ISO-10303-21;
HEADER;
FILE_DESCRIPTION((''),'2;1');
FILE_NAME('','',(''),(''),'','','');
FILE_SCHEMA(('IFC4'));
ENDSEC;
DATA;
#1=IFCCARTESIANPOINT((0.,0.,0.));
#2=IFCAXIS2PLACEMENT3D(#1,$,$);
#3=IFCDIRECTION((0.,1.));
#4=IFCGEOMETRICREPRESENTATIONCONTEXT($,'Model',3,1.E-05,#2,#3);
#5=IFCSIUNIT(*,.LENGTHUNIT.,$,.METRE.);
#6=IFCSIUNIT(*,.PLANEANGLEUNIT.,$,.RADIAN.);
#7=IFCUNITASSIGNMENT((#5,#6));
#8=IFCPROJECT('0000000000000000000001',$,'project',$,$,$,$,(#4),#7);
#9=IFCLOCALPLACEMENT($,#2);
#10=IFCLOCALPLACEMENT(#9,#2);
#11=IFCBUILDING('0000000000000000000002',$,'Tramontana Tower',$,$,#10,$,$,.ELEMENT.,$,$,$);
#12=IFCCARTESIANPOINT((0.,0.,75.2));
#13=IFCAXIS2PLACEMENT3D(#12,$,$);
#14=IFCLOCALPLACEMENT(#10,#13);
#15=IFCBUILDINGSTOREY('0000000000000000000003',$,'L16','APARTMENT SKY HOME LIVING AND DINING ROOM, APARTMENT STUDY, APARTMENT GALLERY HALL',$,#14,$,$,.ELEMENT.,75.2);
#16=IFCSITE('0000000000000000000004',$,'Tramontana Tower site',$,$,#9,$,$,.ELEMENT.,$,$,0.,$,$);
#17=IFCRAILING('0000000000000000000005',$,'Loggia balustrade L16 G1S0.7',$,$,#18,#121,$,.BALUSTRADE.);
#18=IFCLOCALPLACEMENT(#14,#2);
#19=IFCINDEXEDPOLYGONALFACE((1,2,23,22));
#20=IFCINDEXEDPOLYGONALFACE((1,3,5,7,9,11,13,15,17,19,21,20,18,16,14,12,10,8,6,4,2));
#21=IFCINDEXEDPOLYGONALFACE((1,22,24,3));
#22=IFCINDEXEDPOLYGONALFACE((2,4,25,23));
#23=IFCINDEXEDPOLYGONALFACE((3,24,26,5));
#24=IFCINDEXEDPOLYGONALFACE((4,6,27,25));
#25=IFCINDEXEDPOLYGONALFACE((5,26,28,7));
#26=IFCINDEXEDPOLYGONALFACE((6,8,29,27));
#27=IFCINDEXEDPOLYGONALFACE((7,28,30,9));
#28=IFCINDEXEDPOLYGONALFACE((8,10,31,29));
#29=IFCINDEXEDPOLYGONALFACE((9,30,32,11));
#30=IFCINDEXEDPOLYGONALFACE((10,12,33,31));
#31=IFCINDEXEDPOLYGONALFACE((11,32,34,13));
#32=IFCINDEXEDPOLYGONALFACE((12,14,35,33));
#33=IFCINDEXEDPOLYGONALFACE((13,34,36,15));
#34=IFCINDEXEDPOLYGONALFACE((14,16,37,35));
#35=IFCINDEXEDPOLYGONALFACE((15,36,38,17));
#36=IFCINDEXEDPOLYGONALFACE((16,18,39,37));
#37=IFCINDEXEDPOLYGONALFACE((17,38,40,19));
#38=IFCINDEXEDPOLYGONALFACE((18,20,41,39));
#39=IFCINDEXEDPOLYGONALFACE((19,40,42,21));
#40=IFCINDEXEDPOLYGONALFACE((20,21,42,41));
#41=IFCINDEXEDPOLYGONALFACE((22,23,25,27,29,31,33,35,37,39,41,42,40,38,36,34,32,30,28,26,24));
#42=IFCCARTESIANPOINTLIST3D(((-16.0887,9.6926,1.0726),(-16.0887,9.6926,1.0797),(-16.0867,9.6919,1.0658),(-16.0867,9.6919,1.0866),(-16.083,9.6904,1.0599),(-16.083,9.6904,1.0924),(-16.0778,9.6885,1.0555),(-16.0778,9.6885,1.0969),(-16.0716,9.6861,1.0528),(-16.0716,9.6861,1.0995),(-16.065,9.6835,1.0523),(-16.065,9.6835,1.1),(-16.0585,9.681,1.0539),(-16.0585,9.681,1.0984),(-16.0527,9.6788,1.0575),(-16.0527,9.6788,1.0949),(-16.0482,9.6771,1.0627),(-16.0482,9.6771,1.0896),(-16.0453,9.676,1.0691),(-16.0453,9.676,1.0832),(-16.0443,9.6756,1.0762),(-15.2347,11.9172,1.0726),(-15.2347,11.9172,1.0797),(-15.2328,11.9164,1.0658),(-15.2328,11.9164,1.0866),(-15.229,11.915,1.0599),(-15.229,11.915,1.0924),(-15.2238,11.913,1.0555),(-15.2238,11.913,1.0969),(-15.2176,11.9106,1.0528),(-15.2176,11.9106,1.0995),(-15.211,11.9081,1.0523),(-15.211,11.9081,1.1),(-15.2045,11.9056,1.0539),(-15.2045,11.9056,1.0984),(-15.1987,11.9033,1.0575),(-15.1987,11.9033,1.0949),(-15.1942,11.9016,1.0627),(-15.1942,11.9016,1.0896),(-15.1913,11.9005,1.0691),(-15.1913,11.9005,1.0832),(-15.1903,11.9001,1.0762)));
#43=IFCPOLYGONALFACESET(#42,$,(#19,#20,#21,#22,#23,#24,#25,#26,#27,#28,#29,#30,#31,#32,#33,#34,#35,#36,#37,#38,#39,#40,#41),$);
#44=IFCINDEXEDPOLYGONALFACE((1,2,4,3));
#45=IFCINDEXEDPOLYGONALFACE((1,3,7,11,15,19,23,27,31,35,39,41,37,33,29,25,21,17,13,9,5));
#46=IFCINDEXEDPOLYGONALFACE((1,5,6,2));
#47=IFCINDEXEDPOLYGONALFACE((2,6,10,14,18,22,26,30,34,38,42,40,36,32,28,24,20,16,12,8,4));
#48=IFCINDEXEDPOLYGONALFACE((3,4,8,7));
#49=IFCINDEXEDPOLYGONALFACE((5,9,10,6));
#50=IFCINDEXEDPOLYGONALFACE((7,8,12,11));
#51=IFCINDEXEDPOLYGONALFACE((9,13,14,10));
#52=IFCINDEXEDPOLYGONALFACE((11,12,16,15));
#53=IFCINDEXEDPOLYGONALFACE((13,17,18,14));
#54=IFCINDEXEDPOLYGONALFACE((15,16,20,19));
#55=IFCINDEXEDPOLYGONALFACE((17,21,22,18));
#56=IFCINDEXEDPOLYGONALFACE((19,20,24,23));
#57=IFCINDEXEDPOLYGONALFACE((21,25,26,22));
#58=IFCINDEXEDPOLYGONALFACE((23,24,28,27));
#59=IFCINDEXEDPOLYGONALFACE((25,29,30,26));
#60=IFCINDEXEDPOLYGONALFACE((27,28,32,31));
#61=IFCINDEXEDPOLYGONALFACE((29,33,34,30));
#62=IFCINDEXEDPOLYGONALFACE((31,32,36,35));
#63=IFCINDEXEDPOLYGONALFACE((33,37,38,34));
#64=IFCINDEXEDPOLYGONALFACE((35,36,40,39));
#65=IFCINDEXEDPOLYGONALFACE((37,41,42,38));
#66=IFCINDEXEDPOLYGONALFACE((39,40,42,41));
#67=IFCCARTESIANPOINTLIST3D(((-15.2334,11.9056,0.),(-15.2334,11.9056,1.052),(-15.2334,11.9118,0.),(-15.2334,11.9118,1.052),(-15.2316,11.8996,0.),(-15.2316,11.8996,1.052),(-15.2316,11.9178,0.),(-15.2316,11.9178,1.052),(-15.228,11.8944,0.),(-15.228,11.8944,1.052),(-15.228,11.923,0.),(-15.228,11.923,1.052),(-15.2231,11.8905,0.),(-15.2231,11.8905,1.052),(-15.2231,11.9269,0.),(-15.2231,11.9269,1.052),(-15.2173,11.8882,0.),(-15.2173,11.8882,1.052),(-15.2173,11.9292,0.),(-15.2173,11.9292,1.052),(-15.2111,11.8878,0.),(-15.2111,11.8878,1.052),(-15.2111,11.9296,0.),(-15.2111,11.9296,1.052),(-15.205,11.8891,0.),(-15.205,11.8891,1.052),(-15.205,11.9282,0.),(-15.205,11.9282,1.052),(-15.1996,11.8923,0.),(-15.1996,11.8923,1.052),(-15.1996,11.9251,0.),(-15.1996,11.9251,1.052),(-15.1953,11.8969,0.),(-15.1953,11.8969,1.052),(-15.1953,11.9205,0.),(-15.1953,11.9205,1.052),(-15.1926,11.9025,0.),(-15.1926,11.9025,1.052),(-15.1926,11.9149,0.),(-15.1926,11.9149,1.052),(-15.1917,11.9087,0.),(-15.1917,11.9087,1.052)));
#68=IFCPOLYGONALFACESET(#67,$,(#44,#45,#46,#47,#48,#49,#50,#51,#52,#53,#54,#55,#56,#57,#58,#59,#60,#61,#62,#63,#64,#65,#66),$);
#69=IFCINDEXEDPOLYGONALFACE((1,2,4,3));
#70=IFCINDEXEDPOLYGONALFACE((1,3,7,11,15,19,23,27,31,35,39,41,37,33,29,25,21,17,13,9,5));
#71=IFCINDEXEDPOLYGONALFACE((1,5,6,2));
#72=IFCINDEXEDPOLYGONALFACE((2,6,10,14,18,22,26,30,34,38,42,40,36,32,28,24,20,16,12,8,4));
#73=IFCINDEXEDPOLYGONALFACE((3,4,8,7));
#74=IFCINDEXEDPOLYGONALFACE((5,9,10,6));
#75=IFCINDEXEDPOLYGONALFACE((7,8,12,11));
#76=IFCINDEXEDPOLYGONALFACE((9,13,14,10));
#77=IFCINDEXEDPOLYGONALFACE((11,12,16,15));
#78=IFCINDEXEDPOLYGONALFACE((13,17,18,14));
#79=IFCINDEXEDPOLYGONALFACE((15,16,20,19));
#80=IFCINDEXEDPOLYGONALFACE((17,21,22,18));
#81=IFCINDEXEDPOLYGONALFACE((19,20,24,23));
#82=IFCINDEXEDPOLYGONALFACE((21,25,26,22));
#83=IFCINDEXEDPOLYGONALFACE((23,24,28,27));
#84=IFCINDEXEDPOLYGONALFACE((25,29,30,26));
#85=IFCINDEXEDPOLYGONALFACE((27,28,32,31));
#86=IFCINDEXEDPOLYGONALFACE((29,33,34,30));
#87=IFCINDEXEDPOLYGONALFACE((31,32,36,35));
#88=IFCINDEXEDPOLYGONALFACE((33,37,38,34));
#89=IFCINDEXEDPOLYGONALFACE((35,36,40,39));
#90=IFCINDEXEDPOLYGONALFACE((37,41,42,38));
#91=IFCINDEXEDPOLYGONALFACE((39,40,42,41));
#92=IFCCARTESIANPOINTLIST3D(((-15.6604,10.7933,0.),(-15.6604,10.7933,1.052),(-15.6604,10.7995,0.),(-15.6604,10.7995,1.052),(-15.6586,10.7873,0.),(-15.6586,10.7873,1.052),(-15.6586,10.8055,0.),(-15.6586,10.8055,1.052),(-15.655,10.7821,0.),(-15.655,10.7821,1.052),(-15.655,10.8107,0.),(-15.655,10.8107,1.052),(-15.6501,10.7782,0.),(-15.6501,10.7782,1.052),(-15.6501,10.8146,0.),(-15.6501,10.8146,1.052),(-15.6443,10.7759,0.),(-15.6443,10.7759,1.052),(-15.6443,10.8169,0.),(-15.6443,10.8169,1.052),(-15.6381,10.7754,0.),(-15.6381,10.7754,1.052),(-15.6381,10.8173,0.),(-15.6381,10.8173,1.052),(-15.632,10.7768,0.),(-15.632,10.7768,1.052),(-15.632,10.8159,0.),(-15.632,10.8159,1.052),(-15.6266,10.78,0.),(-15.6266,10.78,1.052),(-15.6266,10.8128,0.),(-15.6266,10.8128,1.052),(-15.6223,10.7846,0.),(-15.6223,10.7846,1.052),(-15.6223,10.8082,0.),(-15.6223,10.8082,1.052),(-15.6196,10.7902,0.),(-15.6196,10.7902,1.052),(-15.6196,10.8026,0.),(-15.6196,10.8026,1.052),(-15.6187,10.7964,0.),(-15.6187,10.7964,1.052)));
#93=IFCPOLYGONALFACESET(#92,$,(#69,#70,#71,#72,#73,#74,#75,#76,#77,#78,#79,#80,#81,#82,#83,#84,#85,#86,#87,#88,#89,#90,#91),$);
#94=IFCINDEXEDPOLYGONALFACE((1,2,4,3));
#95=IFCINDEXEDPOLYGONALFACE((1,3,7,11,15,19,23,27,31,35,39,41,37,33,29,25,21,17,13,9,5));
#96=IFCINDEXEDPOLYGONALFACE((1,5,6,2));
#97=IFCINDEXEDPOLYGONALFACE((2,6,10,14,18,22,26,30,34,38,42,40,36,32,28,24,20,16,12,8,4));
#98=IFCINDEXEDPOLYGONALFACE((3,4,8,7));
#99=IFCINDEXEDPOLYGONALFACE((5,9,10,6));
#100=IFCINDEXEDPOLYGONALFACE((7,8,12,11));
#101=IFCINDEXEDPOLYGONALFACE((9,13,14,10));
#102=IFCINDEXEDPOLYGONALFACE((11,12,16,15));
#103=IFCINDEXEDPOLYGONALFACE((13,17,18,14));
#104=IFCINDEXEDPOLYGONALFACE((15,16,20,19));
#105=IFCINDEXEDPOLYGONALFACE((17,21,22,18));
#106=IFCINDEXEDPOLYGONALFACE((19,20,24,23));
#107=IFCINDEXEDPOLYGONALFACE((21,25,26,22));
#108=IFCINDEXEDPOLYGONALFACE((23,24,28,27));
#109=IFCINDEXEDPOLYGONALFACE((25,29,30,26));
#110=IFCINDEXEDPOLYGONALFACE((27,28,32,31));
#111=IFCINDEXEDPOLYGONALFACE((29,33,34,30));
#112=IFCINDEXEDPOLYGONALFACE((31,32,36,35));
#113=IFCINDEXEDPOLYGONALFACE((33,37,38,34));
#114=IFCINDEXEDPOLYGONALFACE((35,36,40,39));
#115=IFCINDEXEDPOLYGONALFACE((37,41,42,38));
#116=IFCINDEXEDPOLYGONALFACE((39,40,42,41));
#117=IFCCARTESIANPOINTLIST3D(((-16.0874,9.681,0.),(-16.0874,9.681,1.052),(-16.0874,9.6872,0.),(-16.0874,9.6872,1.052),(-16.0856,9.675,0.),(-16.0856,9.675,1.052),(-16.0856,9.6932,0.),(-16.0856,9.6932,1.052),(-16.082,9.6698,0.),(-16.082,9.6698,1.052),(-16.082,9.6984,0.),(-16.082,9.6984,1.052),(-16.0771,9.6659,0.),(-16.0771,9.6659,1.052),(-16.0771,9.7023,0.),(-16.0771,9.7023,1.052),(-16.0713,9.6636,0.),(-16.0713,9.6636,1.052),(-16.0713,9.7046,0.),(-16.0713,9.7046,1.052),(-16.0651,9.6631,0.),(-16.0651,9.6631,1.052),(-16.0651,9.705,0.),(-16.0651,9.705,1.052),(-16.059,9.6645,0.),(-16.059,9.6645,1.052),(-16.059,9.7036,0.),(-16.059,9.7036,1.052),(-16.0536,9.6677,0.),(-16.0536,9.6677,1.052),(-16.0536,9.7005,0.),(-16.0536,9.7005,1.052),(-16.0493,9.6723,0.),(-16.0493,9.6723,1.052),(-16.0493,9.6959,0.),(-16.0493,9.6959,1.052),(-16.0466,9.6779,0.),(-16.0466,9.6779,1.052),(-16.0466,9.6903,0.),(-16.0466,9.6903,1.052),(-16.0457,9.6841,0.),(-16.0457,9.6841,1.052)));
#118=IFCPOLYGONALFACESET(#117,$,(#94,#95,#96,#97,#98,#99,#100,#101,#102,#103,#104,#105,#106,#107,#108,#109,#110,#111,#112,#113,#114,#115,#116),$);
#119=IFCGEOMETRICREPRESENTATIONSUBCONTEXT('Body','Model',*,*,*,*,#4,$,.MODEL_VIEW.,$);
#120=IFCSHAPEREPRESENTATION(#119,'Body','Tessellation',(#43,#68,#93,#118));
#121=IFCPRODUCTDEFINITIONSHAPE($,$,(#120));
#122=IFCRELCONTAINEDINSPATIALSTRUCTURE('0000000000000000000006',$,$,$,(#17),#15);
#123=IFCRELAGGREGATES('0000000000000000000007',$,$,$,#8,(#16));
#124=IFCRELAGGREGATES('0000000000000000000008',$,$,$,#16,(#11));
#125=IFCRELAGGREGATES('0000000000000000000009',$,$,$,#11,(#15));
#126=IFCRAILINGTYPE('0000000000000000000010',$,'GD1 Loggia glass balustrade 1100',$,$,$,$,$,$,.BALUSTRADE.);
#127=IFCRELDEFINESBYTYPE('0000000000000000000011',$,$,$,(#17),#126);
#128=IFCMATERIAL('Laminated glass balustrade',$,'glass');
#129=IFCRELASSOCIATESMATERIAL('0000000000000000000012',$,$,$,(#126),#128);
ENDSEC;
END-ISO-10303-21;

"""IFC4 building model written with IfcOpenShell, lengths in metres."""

from ifc_helpers import new_model, si_unit, direction, frame, origin, origin_2d, place, context, subcontext, project, spatial, circle, extrude, material, type_object, element, save


model = new_model("IFC4")

# Units and contexts
model_context = context("Model", 3, precision=1e-05, world=origin(), true_north=direction((0.0, 1.0)))
body_context = subcontext(model_context, "Body", "Model", "MODEL_VIEW")
ifc_project = project(units=[si_unit("LENGTHUNIT", "METRE"), si_unit("PLANEANGLEUNIT", "RADIAN")], contexts=[model_context])

# Site, building, storey
site_placement = place(None, origin())
site = spatial("IfcSite", under=ifc_project, at=site_placement, Name="Tramontana Tower site", CompositionType="ELEMENT", RefElevation=0.0)
building_placement = place(site_placement, origin())
building = spatial("IfcBuilding", under=site, at=building_placement, Name="Tramontana Tower", CompositionType="ELEMENT")
storey_placement = place(building_placement, frame((0.0, 0.0, 75.2)))
storey = spatial("IfcBuildingStorey", under=building, at=storey_placement, Name="L16", Description="APARTMENT SKY HOME LIVING AND DINING ROOM, APARTMENT STUDY, APARTMENT GALLERY HALL", CompositionType="ELEMENT", Elevation=75.2)

# Railing
ifc_material_1 = material(Name="Laminated glass balustrade", Category="glass")
railing_type = type_object("IfcRailingType", Name="GD1 Loggia glass balustrade 1100", PredefinedType="BALUSTRADE", material=ifc_material_1)
railing_placement = place(storey_placement, frame((-15.2126, 11.9087, 0.0)))
element("IfcRailing", 1, at=railing_placement, inside=storey, type_object=railing_type, Name="Loggia balustrade L16 G1S0.7", PredefinedType="BALUSTRADE", context=body_context, shape_type="SweptSolid", body=[
    extrude(circle(Radius=0.0239, at=origin_2d()), frame((0.0, 0.0, 1.0762), z_axis=(-0.358389, -0.933573, 0.0), x_axis=(0.933573, -0.358389, 0.0)), (0.0, 0.0, 1.0), 2.3828),
    extrude(circle(Radius=0.021, at=origin_2d()), origin(), (0.0, 0.0, 1.0), 1.052),
    extrude(circle(Radius=0.021, at=origin_2d()), frame((-0.427, -1.1123, 0.0)), (0.0, 0.0, 1.0), 1.052),
    extrude(circle(Radius=0.021, at=origin_2d()), frame((-0.854, -2.2246, 0.0)), (0.0, 0.0, 1.0), 1.052),
])

save(model, "model.ifc")
